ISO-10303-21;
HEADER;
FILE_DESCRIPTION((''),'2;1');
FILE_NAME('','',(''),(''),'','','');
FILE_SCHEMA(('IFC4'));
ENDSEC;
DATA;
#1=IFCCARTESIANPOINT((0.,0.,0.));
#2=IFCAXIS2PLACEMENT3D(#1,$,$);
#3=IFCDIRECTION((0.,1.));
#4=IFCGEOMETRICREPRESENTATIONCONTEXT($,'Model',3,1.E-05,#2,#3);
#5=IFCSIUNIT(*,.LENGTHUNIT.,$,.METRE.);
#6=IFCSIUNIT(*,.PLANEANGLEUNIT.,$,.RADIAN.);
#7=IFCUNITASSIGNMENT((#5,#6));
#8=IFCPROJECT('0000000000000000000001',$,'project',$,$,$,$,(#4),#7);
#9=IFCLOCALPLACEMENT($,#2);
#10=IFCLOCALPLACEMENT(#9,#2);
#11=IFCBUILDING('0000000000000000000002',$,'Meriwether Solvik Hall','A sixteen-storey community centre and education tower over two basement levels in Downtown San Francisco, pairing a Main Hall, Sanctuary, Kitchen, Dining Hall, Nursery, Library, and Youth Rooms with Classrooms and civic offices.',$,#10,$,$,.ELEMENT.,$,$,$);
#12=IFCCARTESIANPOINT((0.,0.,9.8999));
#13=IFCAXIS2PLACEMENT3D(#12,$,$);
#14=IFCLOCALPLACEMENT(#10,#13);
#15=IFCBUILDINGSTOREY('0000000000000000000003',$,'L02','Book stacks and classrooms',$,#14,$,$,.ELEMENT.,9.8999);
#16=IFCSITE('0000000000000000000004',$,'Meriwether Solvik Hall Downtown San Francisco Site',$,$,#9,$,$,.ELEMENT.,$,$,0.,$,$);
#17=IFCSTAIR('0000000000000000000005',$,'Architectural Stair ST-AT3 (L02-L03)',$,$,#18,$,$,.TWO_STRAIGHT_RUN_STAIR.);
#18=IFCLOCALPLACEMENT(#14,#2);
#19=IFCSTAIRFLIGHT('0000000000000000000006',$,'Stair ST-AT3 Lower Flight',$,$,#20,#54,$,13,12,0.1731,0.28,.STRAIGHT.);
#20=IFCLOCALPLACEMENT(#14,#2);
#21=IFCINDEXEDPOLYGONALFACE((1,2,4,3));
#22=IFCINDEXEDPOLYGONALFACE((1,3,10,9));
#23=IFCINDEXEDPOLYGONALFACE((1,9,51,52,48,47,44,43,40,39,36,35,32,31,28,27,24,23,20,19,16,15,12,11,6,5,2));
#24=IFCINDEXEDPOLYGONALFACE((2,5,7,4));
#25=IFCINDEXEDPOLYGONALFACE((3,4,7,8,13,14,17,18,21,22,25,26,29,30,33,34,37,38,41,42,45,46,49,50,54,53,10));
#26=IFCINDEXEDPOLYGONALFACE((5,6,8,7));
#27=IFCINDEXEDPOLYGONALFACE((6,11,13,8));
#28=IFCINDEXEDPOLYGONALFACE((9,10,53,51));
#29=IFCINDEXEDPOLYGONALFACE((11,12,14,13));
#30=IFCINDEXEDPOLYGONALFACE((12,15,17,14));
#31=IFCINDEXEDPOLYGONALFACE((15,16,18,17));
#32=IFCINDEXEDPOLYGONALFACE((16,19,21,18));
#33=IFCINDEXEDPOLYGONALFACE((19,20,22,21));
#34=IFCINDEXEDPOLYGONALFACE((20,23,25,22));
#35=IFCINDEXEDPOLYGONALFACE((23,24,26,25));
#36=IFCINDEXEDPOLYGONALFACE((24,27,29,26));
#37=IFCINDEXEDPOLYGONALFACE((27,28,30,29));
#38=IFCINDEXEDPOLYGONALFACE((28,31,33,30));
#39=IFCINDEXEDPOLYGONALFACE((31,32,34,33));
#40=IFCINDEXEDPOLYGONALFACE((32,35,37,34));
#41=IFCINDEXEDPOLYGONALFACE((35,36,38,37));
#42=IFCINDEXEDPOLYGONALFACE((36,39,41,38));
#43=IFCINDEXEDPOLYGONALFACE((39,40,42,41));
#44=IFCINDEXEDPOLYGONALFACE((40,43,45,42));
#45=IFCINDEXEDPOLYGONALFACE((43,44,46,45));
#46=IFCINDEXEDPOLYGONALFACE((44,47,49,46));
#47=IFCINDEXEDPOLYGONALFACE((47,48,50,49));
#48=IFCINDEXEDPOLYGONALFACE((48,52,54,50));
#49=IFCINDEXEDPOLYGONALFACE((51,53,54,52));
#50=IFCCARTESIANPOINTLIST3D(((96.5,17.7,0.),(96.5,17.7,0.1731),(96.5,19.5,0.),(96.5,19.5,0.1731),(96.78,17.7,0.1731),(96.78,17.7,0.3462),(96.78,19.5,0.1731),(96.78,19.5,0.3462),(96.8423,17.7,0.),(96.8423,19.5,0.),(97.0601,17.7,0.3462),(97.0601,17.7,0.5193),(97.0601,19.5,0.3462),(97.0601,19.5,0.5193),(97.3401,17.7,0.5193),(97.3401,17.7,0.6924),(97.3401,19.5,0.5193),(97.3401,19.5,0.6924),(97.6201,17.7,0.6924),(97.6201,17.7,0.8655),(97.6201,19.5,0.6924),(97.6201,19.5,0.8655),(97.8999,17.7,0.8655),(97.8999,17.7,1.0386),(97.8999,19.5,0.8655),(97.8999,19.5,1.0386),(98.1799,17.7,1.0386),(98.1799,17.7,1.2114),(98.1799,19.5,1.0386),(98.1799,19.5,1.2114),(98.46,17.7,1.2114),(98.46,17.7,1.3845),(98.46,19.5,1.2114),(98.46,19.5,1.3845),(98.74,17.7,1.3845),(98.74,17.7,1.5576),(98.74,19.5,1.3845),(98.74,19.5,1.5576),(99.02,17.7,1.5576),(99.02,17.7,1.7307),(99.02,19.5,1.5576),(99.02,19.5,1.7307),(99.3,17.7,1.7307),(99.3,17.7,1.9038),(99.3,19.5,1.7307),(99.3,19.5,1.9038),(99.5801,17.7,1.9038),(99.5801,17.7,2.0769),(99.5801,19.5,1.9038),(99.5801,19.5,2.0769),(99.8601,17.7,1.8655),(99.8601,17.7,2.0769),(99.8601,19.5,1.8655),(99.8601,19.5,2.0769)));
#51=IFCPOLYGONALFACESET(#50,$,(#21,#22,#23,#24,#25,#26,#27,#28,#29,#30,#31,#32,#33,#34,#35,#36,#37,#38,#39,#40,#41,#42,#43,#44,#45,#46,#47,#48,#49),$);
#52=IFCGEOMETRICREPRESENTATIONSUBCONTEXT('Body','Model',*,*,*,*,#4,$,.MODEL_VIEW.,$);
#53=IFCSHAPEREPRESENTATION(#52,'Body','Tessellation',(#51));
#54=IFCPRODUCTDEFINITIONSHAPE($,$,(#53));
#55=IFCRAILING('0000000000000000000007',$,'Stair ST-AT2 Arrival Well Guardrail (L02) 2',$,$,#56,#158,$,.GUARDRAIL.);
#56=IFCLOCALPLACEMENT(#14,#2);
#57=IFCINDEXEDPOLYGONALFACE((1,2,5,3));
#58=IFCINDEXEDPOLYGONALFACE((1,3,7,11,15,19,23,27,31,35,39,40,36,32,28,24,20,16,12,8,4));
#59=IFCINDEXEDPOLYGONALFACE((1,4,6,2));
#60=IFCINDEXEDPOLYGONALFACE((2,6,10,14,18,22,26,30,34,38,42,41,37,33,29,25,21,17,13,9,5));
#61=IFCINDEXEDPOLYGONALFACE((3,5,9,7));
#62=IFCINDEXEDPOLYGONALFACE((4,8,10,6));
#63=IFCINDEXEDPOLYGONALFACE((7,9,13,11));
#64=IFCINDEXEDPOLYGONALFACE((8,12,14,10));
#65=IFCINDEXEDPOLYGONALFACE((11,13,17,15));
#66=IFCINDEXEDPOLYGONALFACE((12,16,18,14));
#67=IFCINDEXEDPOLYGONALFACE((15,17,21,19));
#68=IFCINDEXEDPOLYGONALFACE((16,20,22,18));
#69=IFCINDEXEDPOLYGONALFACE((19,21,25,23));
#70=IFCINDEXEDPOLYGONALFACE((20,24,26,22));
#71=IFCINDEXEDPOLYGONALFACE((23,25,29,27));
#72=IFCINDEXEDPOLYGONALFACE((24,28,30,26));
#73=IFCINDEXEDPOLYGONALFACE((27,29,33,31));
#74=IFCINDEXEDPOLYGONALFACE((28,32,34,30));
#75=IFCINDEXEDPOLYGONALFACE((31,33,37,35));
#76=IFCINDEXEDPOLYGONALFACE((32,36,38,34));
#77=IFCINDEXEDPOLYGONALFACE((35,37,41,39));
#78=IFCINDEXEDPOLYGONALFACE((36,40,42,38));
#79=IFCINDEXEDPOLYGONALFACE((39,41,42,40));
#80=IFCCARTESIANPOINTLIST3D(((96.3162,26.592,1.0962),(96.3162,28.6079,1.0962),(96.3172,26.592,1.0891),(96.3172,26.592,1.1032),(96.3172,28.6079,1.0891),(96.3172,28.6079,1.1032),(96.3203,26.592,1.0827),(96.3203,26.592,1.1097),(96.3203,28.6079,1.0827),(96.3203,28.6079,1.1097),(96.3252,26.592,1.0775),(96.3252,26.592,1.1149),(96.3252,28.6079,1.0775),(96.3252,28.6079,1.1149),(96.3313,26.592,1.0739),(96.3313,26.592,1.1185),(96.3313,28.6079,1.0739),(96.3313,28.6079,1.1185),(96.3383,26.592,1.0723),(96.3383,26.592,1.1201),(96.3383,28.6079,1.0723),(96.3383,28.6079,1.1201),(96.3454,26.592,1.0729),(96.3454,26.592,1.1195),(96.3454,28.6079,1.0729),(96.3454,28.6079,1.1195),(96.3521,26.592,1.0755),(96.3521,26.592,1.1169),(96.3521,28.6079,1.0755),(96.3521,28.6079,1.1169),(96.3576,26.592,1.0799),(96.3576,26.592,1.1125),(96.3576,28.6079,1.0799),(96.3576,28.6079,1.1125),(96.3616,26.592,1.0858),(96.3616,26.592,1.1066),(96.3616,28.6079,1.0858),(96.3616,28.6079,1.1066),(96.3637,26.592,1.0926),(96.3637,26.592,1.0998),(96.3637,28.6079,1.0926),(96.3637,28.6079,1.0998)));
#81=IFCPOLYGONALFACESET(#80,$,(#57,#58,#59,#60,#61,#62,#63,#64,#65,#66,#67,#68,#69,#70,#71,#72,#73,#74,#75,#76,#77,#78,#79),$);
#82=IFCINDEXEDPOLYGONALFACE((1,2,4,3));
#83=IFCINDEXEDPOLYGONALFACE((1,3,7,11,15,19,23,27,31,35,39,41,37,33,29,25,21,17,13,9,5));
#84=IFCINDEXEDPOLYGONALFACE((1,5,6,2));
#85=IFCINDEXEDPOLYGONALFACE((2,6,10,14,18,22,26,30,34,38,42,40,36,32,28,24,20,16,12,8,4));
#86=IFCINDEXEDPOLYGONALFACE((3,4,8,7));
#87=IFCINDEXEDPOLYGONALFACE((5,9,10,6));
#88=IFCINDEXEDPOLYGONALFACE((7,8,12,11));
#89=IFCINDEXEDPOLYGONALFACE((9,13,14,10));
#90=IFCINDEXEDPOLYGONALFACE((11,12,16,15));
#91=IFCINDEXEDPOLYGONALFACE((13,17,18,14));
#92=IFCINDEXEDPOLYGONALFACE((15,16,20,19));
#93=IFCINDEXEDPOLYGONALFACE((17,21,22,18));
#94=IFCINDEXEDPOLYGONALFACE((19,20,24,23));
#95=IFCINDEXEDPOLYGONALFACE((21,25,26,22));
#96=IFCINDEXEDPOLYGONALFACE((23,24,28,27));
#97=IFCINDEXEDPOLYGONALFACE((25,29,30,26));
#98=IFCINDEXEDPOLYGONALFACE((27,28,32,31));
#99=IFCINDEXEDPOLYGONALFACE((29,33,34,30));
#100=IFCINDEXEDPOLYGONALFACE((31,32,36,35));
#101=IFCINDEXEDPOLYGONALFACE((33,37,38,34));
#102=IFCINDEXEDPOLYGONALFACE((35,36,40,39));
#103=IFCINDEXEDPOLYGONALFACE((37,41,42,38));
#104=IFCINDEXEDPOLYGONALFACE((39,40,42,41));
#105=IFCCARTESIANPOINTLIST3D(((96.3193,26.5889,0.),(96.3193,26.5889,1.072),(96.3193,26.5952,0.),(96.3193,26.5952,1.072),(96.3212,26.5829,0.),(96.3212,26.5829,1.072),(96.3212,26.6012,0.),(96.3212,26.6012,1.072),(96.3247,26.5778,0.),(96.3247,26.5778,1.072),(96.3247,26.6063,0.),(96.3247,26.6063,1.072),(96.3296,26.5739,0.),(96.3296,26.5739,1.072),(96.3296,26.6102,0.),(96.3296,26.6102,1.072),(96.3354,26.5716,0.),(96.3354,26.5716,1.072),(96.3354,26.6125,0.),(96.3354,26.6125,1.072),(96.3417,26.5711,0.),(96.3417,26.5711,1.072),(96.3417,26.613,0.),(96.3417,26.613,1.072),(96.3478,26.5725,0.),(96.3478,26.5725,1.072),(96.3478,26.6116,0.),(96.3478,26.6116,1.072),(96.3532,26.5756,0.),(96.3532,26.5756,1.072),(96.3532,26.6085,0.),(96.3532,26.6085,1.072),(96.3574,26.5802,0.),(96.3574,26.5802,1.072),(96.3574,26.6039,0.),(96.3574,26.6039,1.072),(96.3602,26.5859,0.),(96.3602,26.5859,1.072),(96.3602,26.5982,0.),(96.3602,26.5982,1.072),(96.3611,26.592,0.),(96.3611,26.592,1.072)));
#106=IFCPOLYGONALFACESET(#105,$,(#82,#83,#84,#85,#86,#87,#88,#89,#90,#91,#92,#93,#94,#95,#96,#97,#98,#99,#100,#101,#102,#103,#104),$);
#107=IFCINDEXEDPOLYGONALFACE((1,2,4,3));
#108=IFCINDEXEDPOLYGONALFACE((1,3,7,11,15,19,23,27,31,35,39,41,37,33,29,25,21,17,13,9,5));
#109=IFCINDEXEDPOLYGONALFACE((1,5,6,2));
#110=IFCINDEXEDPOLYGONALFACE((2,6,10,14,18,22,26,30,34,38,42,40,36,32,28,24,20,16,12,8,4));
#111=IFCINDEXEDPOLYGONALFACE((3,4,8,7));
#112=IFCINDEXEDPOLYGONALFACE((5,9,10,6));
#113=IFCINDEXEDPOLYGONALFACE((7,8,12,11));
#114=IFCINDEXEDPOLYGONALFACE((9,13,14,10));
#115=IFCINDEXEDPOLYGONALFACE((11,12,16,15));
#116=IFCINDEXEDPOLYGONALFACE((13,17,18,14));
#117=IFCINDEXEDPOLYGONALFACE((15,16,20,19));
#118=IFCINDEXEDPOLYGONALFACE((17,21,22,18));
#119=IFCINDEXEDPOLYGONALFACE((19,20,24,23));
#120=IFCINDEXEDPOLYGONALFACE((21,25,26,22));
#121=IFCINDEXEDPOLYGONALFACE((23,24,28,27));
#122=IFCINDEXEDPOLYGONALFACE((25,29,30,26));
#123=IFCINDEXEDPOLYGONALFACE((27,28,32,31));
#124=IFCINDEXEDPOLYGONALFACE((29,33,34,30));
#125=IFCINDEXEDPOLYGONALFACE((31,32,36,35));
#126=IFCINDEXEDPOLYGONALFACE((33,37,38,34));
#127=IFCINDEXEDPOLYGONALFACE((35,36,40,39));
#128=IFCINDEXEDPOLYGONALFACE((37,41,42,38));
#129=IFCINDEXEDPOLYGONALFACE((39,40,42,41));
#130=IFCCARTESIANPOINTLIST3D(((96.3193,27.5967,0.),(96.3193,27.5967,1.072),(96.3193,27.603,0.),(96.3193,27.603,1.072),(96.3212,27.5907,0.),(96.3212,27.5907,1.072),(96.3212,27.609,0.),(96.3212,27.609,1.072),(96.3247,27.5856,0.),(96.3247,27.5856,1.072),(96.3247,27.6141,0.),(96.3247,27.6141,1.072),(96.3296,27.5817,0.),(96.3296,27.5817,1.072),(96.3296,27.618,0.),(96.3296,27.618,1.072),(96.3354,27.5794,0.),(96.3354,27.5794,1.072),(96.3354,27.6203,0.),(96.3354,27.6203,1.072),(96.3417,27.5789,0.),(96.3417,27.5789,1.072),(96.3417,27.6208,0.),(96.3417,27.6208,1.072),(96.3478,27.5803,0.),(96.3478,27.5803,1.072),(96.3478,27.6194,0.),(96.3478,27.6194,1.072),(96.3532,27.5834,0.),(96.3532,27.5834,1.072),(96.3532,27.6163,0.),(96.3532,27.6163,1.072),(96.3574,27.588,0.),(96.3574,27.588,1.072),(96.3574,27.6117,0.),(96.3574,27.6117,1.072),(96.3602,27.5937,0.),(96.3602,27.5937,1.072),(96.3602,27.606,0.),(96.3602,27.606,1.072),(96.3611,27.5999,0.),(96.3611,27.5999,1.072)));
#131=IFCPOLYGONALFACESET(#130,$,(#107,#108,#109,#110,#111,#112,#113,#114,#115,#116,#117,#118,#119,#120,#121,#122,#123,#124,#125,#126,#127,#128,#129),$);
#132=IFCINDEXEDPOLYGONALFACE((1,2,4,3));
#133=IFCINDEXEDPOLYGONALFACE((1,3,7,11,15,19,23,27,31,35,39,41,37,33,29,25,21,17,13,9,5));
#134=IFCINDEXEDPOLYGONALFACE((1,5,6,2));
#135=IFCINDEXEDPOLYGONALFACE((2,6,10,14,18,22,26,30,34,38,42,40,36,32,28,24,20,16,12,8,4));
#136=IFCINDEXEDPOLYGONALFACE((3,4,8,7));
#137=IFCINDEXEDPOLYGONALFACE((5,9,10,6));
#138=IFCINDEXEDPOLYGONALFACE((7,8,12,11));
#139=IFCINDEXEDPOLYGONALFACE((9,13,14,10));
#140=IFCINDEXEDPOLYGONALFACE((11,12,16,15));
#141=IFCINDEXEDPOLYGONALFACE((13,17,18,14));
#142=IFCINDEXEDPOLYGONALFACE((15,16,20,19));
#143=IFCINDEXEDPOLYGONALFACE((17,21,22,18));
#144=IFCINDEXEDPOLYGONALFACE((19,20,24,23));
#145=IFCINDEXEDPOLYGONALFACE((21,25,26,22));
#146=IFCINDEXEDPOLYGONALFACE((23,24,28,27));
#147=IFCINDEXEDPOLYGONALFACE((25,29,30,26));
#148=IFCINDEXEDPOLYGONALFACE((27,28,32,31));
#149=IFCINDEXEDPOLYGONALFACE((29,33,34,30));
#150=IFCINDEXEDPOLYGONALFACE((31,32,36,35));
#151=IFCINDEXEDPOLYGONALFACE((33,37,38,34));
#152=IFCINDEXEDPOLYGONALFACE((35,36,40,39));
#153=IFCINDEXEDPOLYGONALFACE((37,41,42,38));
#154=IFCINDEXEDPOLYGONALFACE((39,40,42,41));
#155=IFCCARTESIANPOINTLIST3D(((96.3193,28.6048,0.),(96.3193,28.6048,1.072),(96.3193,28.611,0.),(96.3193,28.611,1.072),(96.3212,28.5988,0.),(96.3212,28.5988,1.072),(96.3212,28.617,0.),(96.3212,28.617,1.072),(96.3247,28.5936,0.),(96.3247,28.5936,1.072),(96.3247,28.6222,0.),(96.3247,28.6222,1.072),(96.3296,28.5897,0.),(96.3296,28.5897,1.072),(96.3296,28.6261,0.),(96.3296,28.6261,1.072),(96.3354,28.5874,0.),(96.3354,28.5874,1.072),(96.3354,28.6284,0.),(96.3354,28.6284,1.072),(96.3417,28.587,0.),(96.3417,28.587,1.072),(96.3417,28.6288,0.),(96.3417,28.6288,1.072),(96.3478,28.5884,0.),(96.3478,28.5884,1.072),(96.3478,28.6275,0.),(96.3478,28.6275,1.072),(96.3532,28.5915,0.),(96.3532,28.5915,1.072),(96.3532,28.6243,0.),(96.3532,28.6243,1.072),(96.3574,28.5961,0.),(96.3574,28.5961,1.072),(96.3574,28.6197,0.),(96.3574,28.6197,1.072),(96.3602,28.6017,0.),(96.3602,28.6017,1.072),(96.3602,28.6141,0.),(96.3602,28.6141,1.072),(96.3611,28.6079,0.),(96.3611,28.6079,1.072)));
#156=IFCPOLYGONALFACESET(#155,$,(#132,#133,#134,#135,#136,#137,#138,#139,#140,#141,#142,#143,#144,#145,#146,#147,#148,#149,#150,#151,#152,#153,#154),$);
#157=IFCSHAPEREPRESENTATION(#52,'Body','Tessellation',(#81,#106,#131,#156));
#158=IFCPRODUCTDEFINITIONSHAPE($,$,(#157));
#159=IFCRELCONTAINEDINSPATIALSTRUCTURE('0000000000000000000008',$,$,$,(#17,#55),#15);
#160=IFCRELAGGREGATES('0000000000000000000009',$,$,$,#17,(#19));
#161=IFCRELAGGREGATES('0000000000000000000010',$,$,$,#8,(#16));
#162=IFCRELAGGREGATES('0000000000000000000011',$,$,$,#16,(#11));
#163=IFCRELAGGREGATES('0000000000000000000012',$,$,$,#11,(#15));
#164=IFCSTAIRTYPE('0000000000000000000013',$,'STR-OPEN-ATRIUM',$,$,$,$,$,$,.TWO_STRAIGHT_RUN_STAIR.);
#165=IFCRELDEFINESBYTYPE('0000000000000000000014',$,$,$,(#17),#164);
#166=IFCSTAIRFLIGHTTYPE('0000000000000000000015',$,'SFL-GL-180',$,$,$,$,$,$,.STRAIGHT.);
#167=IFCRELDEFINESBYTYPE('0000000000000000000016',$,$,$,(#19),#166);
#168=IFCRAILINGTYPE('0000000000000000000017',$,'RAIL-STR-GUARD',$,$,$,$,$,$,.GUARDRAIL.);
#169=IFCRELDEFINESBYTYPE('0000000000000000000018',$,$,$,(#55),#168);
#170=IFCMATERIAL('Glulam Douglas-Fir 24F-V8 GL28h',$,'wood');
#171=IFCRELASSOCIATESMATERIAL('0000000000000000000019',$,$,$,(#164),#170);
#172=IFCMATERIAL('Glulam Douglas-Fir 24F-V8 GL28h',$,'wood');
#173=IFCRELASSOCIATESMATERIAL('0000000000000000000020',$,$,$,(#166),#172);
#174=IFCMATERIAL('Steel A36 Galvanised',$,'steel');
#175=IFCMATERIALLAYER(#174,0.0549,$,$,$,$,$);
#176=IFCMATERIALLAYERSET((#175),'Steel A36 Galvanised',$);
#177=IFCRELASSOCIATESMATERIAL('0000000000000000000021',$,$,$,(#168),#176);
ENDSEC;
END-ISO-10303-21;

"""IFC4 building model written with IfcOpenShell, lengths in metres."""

from ifc_helpers import new_model, si_unit, direction, frame, origin, origin_2d, place, context, subcontext, project, spatial, polyline, circle, outline, extrude, material, layer, layer_set, type_object, element, aggregate, save


model = new_model("IFC4")

# Units and contexts
model_context = context("Model", 3, precision=1e-05, world=origin(), true_north=direction((0.0, 1.0)))
body_context = subcontext(model_context, "Body", "Model", "MODEL_VIEW")
ifc_project = project(units=[si_unit("LENGTHUNIT", "METRE"), si_unit("PLANEANGLEUNIT", "RADIAN")], contexts=[model_context])

# Site, building, storey
site_placement = place(None, origin())
site = spatial("IfcSite", under=ifc_project, at=site_placement, Name="Meriwether Solvik Hall Downtown San Francisco Site", CompositionType="ELEMENT", RefElevation=0.0)
building_placement = place(site_placement, origin())
building = spatial("IfcBuilding", under=site, at=building_placement, Name="Meriwether Solvik Hall", Description="A sixteen-storey community centre and education tower over two basement levels in Downtown San Francisco, pairing a Main Hall, Sanctuary, Kitchen, Dining Hall, Nursery, Library, and Youth Rooms with Classrooms and civic offices.", CompositionType="ELEMENT")
storey_placement = place(building_placement, frame((0.0, 0.0, 9.8999)))
storey = spatial("IfcBuildingStorey", under=building, at=storey_placement, Name="L02", Description="Book stacks and classrooms", CompositionType="ELEMENT", Elevation=9.8999)

# Stair, stair flight
ifc_material_1 = material(Name="Glulam Douglas-Fir 24F-V8 GL28h", Category="wood")
stair_type = type_object("IfcStairType", Name="STR-OPEN-ATRIUM", PredefinedType="TWO_STRAIGHT_RUN_STAIR", material=ifc_material_1)
stair_placement = place(storey_placement, origin())
stair = element("IfcStair", 1, at=stair_placement, inside=storey, type_object=stair_type, Name="Architectural Stair ST-AT3 (L02-L03)", PredefinedType="TWO_STRAIGHT_RUN_STAIR")
ifc_material_2 = material(Name="Glulam Douglas-Fir 24F-V8 GL28h", Category="wood")
stair_flight_type = type_object("IfcStairFlightType", Name="SFL-GL-180", PredefinedType="STRAIGHT", material=ifc_material_2)
stair_flight_placement = place(storey_placement, frame((96.5, 18.6001, 0.0), z_axis=(0.0, 0.0, 1.0), x_axis=(1.0, 0.0, 0.0)))
stair_flight = element("IfcStairFlight", 2, at=stair_flight_placement, type_object=stair_flight_type, Name="Stair ST-AT3 Lower Flight", NumberOfRisers=13, NumberOfTreads=12, PredefinedType="STRAIGHT", RiserHeight=0.1731, TreadLength=0.28, context=body_context, shape_type="SweptSolid", body=[
    extrude(outline(polyline([(0.0, 0.0), (0.0, 0.1731), (0.28, 0.1731), (0.28, 0.3462), (0.5601, 0.3462), (0.5601, 0.5193), (0.8401, 0.5193), (0.8401, 0.6924), (1.1201, 0.6924), (1.1201, 0.8655), (1.3999, 0.8655), (1.3999, 1.0386), (1.6799, 1.0386), (1.6799, 1.2114), (1.96, 1.2114), (1.96, 1.3845), (2.24, 1.3845), (2.24, 1.5576), (2.52, 1.5576), (2.52, 1.7307), (2.8, 1.7307), (2.8, 1.9038), (3.0801, 1.9038), (3.0801, 2.0769), (3.3601, 2.0769), (3.3601, 2.25), (3.3601, 1.8655), (0.3423, 0.0), (0.0, 0.0)])), frame((0.0, 0.8999, 0.0), z_axis=(0.0, -1.0, 0.0), x_axis=(1.0, 0.0, 0.0)), (0.0, 0.0, 1.0), 1.8),
])
aggregate(stair, [stair_flight])

# Railing
ifc_material_3 = material(Name="Steel A36 Galvanised", Category="steel")
ifc_layer_1 = layer(ifc_material_3, 0.0549)
ifc_layer_set_1 = layer_set([ifc_layer_1], Name="Steel A36 Galvanised")
railing_type_1 = type_object("IfcRailingType", Name="RAIL-STR-GUARD", PredefinedType="GUARDRAIL", material=ifc_layer_set_1)
railing_1_placement = place(storey_placement, frame((96.3401, 26.592, 0.0)))
element("IfcRailing", 3, at=railing_1_placement, inside=storey, type_object=railing_type_1, Name="Stair ST-AT2 Arrival Well Guardrail (L02) 2", PredefinedType="GUARDRAIL", context=body_context, shape_type="SweptSolid", body=[
    extrude(circle(Radius=0.0239, at=origin_2d()), frame((0.0, 0.0, 1.0962), z_axis=(0.0, 1.0, 0.0), x_axis=(-1.0, 0.0, 0.0)), (0.0, 0.0, 1.0), 2.0159),
    extrude(circle(Radius=0.021, at=origin_2d()), origin(), (0.0, 0.0, 1.0), 1.072),
    extrude(circle(Radius=0.021, at=origin_2d()), frame((0.0, 1.0078, 0.0)), (0.0, 0.0, 1.0), 1.072),
    extrude(circle(Radius=0.021, at=origin_2d()), frame((0.0, 2.0159, 0.0)), (0.0, 0.0, 1.0), 1.072),
])

save(model, "model.ifc")
